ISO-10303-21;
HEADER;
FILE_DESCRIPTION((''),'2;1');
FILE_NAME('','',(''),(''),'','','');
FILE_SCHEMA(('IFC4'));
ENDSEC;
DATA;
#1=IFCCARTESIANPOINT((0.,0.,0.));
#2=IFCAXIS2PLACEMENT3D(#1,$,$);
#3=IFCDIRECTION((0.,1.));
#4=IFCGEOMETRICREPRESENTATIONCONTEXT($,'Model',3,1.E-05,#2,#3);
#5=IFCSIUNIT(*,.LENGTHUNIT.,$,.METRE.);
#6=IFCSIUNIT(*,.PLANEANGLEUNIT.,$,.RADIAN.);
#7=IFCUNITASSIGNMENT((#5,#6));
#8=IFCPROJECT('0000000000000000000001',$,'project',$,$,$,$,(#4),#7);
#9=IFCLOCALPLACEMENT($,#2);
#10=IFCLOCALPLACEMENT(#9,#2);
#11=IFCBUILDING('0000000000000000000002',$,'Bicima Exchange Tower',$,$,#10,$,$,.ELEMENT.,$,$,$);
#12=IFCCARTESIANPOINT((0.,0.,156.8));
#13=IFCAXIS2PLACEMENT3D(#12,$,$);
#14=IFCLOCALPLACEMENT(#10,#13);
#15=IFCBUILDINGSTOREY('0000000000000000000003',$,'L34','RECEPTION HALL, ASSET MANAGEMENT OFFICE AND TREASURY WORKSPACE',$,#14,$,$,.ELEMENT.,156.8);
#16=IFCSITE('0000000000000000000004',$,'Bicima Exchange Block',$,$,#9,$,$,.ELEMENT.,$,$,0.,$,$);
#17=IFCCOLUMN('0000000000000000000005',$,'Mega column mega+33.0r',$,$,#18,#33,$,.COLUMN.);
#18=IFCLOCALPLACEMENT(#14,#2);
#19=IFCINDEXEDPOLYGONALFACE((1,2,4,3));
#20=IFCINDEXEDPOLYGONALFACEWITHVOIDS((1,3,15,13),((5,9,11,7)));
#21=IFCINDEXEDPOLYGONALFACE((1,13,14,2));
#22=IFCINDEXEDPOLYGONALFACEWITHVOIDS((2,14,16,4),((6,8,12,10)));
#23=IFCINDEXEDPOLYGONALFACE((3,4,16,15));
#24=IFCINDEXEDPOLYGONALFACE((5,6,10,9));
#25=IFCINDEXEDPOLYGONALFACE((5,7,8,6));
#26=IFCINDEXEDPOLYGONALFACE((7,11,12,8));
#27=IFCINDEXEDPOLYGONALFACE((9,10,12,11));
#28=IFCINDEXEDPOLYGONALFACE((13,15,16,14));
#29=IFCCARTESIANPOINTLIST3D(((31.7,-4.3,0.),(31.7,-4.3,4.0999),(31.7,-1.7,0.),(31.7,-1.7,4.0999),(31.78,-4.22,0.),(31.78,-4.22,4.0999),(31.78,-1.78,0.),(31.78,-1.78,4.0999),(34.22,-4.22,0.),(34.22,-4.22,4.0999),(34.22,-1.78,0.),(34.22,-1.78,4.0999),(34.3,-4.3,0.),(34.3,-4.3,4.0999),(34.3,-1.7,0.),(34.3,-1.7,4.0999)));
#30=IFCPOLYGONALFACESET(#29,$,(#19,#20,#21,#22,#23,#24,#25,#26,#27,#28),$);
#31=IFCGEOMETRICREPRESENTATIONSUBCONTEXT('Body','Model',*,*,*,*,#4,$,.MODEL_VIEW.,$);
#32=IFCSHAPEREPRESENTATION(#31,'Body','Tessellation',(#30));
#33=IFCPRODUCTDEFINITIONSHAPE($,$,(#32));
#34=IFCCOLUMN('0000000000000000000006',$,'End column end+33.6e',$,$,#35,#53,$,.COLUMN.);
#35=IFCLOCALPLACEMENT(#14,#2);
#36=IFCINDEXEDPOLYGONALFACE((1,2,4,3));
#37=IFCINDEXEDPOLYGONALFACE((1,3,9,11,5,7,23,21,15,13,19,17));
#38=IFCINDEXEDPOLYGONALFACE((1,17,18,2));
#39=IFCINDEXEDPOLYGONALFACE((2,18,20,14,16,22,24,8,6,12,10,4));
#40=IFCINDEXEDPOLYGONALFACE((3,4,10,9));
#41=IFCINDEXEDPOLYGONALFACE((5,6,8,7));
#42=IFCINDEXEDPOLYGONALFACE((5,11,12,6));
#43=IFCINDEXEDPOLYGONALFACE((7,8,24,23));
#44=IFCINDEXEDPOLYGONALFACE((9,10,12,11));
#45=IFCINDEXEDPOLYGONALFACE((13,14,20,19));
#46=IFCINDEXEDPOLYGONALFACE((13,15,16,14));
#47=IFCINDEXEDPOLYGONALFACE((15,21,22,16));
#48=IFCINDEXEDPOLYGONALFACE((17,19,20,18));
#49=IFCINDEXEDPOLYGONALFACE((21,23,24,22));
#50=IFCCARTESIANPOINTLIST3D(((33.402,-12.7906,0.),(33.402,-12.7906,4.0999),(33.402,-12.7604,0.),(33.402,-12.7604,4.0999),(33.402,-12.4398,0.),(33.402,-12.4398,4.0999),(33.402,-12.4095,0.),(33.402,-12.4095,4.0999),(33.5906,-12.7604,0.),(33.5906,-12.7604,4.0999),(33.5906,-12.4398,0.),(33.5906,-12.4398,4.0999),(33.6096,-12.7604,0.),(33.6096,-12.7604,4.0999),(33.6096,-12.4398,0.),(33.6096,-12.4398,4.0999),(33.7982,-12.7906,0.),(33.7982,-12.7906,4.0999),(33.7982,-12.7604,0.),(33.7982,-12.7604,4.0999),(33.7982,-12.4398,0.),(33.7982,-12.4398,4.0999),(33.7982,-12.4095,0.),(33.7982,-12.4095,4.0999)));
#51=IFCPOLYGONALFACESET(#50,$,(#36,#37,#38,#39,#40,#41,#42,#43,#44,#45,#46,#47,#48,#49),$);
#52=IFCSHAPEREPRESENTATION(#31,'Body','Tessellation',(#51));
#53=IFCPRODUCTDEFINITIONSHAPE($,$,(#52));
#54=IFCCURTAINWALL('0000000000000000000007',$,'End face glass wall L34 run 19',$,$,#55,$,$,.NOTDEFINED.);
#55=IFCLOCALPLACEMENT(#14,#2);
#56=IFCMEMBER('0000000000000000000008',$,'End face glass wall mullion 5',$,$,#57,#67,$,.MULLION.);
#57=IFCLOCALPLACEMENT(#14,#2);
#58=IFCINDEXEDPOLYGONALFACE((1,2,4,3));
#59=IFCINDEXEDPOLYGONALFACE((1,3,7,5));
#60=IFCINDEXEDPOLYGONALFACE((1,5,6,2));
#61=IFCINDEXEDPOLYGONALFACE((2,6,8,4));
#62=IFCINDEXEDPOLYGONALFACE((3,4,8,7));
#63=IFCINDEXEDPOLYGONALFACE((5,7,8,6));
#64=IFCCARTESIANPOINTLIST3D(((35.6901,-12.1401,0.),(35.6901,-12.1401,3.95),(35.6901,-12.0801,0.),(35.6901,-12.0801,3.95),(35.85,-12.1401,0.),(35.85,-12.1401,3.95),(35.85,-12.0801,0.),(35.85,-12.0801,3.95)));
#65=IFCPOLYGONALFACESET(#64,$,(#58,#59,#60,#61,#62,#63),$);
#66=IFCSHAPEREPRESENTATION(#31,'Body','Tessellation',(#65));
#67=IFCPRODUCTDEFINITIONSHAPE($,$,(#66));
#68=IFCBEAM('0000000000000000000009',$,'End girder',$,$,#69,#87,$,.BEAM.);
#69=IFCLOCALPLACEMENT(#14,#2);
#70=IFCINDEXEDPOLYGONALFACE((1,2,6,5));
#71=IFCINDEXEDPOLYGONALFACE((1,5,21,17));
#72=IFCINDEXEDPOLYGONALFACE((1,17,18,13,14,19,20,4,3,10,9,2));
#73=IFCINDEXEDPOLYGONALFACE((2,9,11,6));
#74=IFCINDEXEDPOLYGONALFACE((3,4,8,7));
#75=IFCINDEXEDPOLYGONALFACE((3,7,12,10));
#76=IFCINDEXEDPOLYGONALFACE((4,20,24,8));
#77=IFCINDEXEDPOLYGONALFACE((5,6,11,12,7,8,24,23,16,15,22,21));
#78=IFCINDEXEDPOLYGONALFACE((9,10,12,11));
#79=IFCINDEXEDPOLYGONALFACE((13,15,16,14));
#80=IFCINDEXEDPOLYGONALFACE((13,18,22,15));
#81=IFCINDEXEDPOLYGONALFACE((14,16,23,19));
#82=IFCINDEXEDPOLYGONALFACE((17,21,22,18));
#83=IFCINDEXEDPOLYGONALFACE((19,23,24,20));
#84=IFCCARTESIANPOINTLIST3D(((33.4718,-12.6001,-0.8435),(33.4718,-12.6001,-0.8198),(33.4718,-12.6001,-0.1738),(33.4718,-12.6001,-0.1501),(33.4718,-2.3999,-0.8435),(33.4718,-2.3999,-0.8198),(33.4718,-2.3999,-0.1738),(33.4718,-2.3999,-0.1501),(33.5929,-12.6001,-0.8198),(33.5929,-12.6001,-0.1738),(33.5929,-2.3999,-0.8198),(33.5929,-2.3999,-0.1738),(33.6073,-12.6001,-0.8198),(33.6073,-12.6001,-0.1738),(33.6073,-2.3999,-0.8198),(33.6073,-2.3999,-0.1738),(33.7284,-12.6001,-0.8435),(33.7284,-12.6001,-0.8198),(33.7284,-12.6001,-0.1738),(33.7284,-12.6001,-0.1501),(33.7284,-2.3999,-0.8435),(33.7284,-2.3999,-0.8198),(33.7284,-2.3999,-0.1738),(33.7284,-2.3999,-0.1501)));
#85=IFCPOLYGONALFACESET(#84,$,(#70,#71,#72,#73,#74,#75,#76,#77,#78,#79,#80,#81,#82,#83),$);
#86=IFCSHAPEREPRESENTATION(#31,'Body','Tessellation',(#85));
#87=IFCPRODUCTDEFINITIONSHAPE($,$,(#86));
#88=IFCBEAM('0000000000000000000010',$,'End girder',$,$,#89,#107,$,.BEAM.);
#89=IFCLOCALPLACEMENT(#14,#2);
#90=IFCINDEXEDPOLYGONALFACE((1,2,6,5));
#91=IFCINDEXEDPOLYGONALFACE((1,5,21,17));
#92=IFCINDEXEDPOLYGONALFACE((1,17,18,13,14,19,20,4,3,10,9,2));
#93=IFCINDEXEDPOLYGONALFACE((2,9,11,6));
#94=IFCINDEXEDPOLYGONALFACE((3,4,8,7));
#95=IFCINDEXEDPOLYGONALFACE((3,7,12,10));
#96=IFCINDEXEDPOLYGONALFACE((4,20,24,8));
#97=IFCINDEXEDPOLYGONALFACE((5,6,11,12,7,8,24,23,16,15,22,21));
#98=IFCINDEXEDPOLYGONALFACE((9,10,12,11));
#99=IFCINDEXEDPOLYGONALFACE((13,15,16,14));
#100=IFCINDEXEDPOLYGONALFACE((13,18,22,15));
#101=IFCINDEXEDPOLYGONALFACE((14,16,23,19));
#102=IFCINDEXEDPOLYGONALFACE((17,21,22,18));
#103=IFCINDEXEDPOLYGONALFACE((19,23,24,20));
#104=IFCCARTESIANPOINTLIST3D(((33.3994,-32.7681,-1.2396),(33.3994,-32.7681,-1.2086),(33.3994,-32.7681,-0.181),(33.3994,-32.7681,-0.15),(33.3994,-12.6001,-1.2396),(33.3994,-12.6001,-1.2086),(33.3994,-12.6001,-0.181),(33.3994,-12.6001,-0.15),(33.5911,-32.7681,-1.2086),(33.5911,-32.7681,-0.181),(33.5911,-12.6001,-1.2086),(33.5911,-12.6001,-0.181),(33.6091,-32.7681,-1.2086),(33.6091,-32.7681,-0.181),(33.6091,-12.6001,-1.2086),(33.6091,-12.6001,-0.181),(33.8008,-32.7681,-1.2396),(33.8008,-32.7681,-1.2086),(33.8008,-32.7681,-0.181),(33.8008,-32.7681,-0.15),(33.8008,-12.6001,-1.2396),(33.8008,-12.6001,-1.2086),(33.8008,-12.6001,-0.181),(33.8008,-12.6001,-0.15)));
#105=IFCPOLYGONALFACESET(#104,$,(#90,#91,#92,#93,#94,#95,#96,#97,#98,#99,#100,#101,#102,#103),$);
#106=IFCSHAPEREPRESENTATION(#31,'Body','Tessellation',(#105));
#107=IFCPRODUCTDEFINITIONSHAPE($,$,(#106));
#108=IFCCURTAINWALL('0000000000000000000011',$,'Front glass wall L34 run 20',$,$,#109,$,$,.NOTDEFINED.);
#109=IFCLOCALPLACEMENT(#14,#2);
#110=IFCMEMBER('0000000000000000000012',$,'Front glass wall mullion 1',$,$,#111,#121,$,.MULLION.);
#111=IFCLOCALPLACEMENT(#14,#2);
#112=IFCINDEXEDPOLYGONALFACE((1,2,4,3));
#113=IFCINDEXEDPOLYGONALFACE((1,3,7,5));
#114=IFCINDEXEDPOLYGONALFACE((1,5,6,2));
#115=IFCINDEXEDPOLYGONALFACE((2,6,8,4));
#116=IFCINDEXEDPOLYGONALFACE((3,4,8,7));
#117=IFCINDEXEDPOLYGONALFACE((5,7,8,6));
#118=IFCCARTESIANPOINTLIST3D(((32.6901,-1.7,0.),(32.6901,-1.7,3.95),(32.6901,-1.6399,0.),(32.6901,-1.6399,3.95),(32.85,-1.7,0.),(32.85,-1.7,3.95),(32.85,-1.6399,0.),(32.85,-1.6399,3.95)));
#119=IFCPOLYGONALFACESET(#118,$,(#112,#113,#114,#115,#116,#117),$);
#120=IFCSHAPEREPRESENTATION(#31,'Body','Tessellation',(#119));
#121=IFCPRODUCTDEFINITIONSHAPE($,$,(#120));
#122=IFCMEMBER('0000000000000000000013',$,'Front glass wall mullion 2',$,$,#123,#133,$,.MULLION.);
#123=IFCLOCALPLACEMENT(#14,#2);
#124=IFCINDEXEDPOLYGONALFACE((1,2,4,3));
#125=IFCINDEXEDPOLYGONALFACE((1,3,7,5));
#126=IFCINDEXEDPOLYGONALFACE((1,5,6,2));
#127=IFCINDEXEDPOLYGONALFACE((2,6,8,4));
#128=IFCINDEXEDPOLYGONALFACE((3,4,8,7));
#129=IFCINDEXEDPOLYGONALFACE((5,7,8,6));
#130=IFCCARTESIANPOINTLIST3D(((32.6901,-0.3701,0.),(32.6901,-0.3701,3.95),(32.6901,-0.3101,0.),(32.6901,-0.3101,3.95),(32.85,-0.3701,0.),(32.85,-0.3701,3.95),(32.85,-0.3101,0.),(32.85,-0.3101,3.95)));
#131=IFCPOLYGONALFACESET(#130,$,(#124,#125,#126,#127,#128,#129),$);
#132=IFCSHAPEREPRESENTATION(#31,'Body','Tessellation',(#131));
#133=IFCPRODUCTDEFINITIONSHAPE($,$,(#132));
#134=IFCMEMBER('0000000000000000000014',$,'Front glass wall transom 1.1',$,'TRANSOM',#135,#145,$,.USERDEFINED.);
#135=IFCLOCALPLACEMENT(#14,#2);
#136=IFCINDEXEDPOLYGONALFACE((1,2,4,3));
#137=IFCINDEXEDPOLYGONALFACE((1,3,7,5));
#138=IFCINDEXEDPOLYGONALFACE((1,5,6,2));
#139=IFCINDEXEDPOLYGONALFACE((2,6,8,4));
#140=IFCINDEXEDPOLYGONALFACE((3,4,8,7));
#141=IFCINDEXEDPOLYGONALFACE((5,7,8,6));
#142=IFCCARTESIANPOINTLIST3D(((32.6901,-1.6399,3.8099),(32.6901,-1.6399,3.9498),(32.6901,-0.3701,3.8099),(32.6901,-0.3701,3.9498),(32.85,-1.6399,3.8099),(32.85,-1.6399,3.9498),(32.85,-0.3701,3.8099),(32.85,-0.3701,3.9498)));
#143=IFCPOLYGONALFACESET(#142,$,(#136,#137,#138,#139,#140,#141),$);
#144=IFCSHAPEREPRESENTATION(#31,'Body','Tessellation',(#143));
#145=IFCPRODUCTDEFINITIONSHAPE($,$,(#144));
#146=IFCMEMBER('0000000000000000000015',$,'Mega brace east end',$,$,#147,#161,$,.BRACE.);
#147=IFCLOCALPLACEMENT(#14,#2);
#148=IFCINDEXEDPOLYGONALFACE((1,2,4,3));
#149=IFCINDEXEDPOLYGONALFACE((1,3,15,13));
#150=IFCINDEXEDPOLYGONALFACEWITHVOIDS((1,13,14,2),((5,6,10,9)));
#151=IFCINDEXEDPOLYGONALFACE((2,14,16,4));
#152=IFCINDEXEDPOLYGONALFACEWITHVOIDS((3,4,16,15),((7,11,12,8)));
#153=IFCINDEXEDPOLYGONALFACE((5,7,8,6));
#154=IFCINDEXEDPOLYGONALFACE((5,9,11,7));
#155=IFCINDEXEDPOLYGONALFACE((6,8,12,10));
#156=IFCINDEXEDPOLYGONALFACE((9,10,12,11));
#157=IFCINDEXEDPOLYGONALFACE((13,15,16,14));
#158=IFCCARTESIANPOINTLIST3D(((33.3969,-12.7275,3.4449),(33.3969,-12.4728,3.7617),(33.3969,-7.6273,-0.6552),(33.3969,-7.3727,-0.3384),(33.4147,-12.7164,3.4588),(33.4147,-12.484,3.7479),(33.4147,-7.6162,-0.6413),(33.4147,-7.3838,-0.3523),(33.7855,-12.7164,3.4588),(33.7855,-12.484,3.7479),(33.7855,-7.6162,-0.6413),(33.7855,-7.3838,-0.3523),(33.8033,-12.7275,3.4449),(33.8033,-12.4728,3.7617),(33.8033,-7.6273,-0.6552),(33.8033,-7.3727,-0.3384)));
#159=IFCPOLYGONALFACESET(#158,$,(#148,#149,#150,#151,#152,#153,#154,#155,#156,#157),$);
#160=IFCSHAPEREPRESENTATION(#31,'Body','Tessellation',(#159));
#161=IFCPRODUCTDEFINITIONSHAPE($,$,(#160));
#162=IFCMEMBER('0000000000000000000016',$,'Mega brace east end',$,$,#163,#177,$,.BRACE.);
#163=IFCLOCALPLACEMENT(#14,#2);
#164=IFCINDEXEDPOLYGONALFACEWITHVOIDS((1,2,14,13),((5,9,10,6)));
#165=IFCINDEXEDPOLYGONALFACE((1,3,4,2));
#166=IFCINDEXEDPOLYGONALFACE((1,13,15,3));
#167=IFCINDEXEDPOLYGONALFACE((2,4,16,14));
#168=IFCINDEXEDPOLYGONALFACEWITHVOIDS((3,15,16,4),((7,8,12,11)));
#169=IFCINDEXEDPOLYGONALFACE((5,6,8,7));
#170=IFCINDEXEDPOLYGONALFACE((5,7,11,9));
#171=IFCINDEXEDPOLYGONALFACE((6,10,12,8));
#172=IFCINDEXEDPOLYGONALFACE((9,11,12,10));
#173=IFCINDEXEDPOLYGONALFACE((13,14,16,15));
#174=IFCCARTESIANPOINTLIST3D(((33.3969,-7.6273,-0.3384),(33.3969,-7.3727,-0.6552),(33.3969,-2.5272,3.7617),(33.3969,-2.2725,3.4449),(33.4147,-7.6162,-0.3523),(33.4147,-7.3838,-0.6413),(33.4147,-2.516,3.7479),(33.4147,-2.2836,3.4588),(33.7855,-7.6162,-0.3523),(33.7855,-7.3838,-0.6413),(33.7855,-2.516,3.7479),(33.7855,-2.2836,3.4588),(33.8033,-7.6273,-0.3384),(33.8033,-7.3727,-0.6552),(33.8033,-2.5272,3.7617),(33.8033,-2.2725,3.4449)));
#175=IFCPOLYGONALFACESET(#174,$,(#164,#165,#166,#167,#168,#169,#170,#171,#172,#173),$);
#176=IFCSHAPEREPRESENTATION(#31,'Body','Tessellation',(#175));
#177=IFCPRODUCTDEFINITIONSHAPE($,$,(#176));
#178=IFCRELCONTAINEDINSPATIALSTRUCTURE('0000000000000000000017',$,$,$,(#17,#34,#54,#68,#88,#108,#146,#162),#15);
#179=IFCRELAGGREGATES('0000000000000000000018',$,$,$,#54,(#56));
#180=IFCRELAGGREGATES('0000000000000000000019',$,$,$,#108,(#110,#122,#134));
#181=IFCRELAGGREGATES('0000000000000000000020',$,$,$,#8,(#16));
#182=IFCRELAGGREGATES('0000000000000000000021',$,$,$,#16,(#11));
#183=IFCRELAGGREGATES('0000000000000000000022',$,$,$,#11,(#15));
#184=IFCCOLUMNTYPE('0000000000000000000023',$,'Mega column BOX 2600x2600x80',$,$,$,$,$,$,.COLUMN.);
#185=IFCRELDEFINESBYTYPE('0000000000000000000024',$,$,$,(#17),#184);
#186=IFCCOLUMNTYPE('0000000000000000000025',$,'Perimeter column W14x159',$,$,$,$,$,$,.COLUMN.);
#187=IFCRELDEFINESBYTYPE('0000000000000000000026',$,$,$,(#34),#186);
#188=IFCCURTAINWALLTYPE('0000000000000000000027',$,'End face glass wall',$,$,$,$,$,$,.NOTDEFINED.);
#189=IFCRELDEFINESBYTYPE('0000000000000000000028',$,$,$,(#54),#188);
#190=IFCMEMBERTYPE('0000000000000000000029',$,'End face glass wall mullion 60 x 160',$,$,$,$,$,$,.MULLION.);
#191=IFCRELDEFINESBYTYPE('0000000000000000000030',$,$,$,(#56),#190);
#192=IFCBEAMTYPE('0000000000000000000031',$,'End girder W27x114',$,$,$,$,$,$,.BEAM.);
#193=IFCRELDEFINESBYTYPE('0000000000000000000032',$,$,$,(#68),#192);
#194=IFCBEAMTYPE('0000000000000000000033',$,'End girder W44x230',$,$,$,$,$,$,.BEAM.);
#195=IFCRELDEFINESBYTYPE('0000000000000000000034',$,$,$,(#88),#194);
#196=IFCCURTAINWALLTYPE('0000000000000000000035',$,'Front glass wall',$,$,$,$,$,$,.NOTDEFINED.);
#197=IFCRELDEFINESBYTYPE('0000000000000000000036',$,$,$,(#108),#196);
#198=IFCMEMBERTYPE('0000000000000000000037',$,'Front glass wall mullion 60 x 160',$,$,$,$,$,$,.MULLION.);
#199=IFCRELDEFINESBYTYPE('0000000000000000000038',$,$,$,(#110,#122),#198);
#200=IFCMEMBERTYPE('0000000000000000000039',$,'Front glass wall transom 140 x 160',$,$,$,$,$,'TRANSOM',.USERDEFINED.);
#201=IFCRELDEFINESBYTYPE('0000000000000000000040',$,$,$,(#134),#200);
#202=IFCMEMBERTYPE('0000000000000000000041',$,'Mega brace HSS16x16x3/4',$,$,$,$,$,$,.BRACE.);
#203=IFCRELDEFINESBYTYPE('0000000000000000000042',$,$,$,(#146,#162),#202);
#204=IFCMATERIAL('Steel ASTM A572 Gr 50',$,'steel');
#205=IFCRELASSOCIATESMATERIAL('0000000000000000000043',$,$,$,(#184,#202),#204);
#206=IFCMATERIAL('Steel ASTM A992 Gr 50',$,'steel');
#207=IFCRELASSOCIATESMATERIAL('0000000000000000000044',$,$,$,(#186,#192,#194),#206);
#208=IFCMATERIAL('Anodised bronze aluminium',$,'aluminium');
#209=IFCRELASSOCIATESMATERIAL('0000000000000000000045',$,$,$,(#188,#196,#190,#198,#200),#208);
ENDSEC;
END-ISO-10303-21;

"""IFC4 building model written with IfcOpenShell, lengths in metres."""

from ifc_helpers import new_model, si_unit, direction, frame, origin, origin_2d, place, context, subcontext, project, spatial, rectangle, hollow_rectangle, i_section, extrude, material, material_profile, profile_set, type_object, element, aggregate, save


model = new_model("IFC4")

# Units and contexts
model_context = context("Model", 3, precision=1e-05, world=origin(), true_north=direction((0.0, 1.0)))
body_context = subcontext(model_context, "Body", "Model", "MODEL_VIEW")
ifc_project = project(units=[si_unit("LENGTHUNIT", "METRE"), si_unit("PLANEANGLEUNIT", "RADIAN")], contexts=[model_context])

# Site, building, storey
site_placement = place(None, origin())
site = spatial("IfcSite", under=ifc_project, at=site_placement, Name="Bicima Exchange Block", CompositionType="ELEMENT", RefElevation=0.0)
building_placement = place(site_placement, origin())
building = spatial("IfcBuilding", under=site, at=building_placement, Name="Bicima Exchange Tower", CompositionType="ELEMENT")
storey_placement = place(building_placement, frame((0.0, 0.0, 156.8)))
storey = spatial("IfcBuildingStorey", under=building, at=storey_placement, Name="L34", Description="RECEPTION HALL, ASSET MANAGEMENT OFFICE AND TREASURY WORKSPACE", CompositionType="ELEMENT", Elevation=156.8)

# Columns
ifc_material_1 = material(Name="Steel ASTM A572 Gr 50", Category="steel")
ifc_material_profile_1 = material_profile(ifc_material_1, hollow_rectangle(XDim=2.6001, YDim=2.6001, WallThickness=0.0801, at=origin_2d()))
ifc_profile_set_1 = profile_set([ifc_material_profile_1], Name="Steel ASTM A572 Gr 50")
column_type_1 = type_object("IfcColumnType", Name="Mega column BOX 2600x2600x80", PredefinedType="COLUMN", material=ifc_profile_set_1)
column_1_placement = place(storey_placement, frame((33.0, -3.0, 0.0), z_axis=(0.0, 0.0, 1.0), x_axis=(1.0, 0.0, 0.0)))
element("IfcColumn", 1, at=column_1_placement, inside=storey, type_object=column_type_1, Name="Mega column mega+33.0r", PredefinedType="COLUMN", context=body_context, shape_type="SweptSolid", body=[
    extrude(hollow_rectangle(XDim=2.6001, YDim=2.6001, WallThickness=0.0801, at=origin_2d()), origin(), (0.0, 0.0, 1.0), 4.0999),
])
ifc_material_2 = material(Name="Steel ASTM A992 Gr 50", Category="steel")
ifc_material_profile_2 = material_profile(ifc_material_2, i_section(OverallWidth=0.3962, OverallDepth=0.3811, WebThickness=0.019, FlangeThickness=0.0303, at=origin_2d()))
ifc_profile_set_2 = profile_set([ifc_material_profile_2], Name="Steel ASTM A992 Gr 50")
column_type_2 = type_object("IfcColumnType", Name="Perimeter column W14x159", PredefinedType="COLUMN", material=ifc_profile_set_2)
column_2_placement = place(storey_placement, frame((33.6001, -12.6001, 0.0), z_axis=(0.0, 0.0, 1.0), x_axis=(1.0, 0.0, 0.0)))
element("IfcColumn", 2, at=column_2_placement, inside=storey, type_object=column_type_2, Name="End column end+33.6e", PredefinedType="COLUMN", context=body_context, shape_type="SweptSolid", body=[
    extrude(i_section(OverallWidth=0.3962, OverallDepth=0.3811, WebThickness=0.019, FlangeThickness=0.0303, at=origin_2d()), origin(), (0.0, 0.0, 1.0), 4.0999),
])

# Curtain wall, member
ifc_material_3 = material(Name="Anodised bronze aluminium", Category="aluminium")
curtain_wall_type_1 = type_object("IfcCurtainWallType", Name="End face glass wall", PredefinedType="NOTDEFINED", material=ifc_material_3)
curtain_wall_1_placement = place(storey_placement, origin())
curtain_wall_1 = element("IfcCurtainWall", 3, at=curtain_wall_1_placement, inside=storey, type_object=curtain_wall_type_1, Name="End face glass wall L34 run 19", PredefinedType="NOTDEFINED")
ifc_material_profile_3 = material_profile(ifc_material_3, rectangle(XDim=0.1599, YDim=0.0601, at=origin_2d()))
ifc_profile_set_3 = profile_set([ifc_material_profile_3], Name="Anodised bronze aluminium")
member_type_1 = type_object("IfcMemberType", Name="End face glass wall mullion 60 x 160", PredefinedType="MULLION", material=ifc_profile_set_3)
member_1_placement = place(storey_placement, frame((35.77, -12.1101, 0.0), z_axis=(0.0, 0.0, 1.0), x_axis=(-1.0, 0.0, 0.0)))
member_1 = element("IfcMember", 4, at=member_1_placement, type_object=member_type_1, Name="End face glass wall mullion 5", PredefinedType="MULLION", context=body_context, shape_type="SweptSolid", body=[
    extrude(rectangle(XDim=0.1599, YDim=0.0601, at=origin_2d()), origin(), (0.0, 0.0, 1.0), 3.95),
])
aggregate(curtain_wall_1, [member_1])

# Beams
ifc_material_profile_4 = material_profile(ifc_material_2, i_section(OverallWidth=0.2566, OverallDepth=0.6934, WebThickness=0.0144, FlangeThickness=0.0237, at=origin_2d()))
ifc_profile_set_4 = profile_set([ifc_material_profile_4], Name="Steel ASTM A992 Gr 50")
beam_type_1 = type_object("IfcBeamType", Name="End girder W27x114", PredefinedType="BEAM", material=ifc_profile_set_4)
beam_1_placement = place(storey_placement, frame((33.6001, -2.3999, -0.4968), z_axis=(0.0, -1.0, 0.0), x_axis=(1.0, 0.0, 0.0)))
element("IfcBeam", 5, at=beam_1_placement, inside=storey, type_object=beam_type_1, Name="End girder", PredefinedType="BEAM", context=body_context, shape_type="SweptSolid", body=[
    extrude(i_section(OverallWidth=0.2566, OverallDepth=0.6934, WebThickness=0.0144, FlangeThickness=0.0237, at=origin_2d()), origin(), (0.0, 0.0, 1.0), 10.2002),
])
ifc_material_profile_5 = material_profile(ifc_material_2, i_section(OverallWidth=0.4014, OverallDepth=1.0896, WebThickness=0.0181, FlangeThickness=0.031, at=origin_2d()))
ifc_profile_set_5 = profile_set([ifc_material_profile_5], Name="Steel ASTM A992 Gr 50")
beam_type_2 = type_object("IfcBeamType", Name="End girder W44x230", PredefinedType="BEAM", material=ifc_profile_set_5)
beam_2_placement = place(storey_placement, frame((33.6001, -12.6001, -0.6948), z_axis=(0.0, -1.0, 0.0), x_axis=(1.0, 0.0, 0.0)))
element("IfcBeam", 6, at=beam_2_placement, inside=storey, type_object=beam_type_2, Name="End girder", PredefinedType="BEAM", context=body_context, shape_type="SweptSolid", body=[
    extrude(i_section(OverallWidth=0.4014, OverallDepth=1.0896, WebThickness=0.0181, FlangeThickness=0.031, at=origin_2d()), origin(), (0.0, 0.0, 1.0), 20.168),
])

# Curtain wall, members
curtain_wall_type_2 = type_object("IfcCurtainWallType", Name="Front glass wall", PredefinedType="NOTDEFINED", material=ifc_material_3)
curtain_wall_2_placement = place(storey_placement, origin())
curtain_wall_2 = element("IfcCurtainWall", 7, at=curtain_wall_2_placement, inside=storey, type_object=curtain_wall_type_2, Name="Front glass wall L34 run 20", PredefinedType="NOTDEFINED")
member_type_2 = type_object("IfcMemberType", Name="Front glass wall mullion 60 x 160", PredefinedType="MULLION", material=ifc_profile_set_3)
member_2_placement = place(storey_placement, frame((32.77, -1.6699, 0.0), z_axis=(0.0, 0.0, 1.0), x_axis=(-1.0, 0.0, 0.0)))
member_2 = element("IfcMember", 8, at=member_2_placement, type_object=member_type_2, Name="Front glass wall mullion 1", PredefinedType="MULLION", context=body_context, shape_type="SweptSolid", body=[
    extrude(rectangle(XDim=0.1599, YDim=0.0601, at=origin_2d()), origin(), (0.0, 0.0, 1.0), 3.95),
])
member_3_placement = place(storey_placement, frame((32.77, -0.3401, 0.0), z_axis=(0.0, 0.0, 1.0), x_axis=(-1.0, 0.0, 0.0)))
member_3 = element("IfcMember", 9, at=member_3_placement, type_object=member_type_2, Name="Front glass wall mullion 2", PredefinedType="MULLION", context=body_context, shape_type="SweptSolid", body=[
    extrude(rectangle(XDim=0.1599, YDim=0.0601, at=origin_2d()), origin(), (0.0, 0.0, 1.0), 3.95),
])
ifc_material_profile_6 = material_profile(ifc_material_3, rectangle(XDim=0.1599, YDim=0.1399, at=origin_2d()))
ifc_profile_set_6 = profile_set([ifc_material_profile_6], Name="Anodised bronze aluminium")
member_type_3 = type_object("IfcMemberType", Name="Front glass wall transom 140 x 160", ElementType="TRANSOM", PredefinedType="USERDEFINED", material=ifc_profile_set_6)
member_4_placement = place(storey_placement, frame((32.77, -1.6399, 3.8799), z_axis=(0.0, 1.0, 0.0), x_axis=(-1.0, 0.0, 0.0)))
member_4 = element("IfcMember", 10, at=member_4_placement, type_object=member_type_3, Name="Front glass wall transom 1.1", ObjectType="TRANSOM", PredefinedType="USERDEFINED", context=body_context, shape_type="SweptSolid", body=[
    extrude(rectangle(XDim=0.1599, YDim=0.1399, at=origin_2d()), origin(), (0.0, 0.0, 1.0), 1.2698),
])

# Members
ifc_material_profile_7 = material_profile(ifc_material_1, hollow_rectangle(XDim=0.4065, YDim=0.4065, WallThickness=0.0178, at=origin_2d()))
ifc_profile_set_7 = profile_set([ifc_material_profile_7], Name="Steel ASTM A572 Gr 50")
member_type_4 = type_object("IfcMemberType", Name="Mega brace HSS16x16x3/4", PredefinedType="BRACE", material=ifc_profile_set_7)
for number, where, z_axis, x_axis, name in (
    (11, (33.6001, -7.5, -0.4968), (0.0, -0.779374, 0.626559), (1.0, 0.0, 0.0), "Mega brace east end"),
    (12, (33.6001, -7.5, -0.4968), (0.0, 0.779374, 0.626559), (-1.0, 0.0, 0.0), "Mega brace east end"),
):
    element("IfcMember", number, at=place(storey_placement, frame(where, z_axis=z_axis, x_axis=x_axis)), inside=storey, type_object=member_type_4, Name=name, PredefinedType="BRACE", context=body_context, shape_type="SweptSolid", body=[
        extrude(hollow_rectangle(XDim=0.4065, YDim=0.4065, WallThickness=0.0178, at=origin_2d()), origin(), (0.0, 0.0, 1.0), 6.5439),
    ])

aggregate(curtain_wall_2, [member_2, member_3, member_4])

save(model, "model.ifc")
